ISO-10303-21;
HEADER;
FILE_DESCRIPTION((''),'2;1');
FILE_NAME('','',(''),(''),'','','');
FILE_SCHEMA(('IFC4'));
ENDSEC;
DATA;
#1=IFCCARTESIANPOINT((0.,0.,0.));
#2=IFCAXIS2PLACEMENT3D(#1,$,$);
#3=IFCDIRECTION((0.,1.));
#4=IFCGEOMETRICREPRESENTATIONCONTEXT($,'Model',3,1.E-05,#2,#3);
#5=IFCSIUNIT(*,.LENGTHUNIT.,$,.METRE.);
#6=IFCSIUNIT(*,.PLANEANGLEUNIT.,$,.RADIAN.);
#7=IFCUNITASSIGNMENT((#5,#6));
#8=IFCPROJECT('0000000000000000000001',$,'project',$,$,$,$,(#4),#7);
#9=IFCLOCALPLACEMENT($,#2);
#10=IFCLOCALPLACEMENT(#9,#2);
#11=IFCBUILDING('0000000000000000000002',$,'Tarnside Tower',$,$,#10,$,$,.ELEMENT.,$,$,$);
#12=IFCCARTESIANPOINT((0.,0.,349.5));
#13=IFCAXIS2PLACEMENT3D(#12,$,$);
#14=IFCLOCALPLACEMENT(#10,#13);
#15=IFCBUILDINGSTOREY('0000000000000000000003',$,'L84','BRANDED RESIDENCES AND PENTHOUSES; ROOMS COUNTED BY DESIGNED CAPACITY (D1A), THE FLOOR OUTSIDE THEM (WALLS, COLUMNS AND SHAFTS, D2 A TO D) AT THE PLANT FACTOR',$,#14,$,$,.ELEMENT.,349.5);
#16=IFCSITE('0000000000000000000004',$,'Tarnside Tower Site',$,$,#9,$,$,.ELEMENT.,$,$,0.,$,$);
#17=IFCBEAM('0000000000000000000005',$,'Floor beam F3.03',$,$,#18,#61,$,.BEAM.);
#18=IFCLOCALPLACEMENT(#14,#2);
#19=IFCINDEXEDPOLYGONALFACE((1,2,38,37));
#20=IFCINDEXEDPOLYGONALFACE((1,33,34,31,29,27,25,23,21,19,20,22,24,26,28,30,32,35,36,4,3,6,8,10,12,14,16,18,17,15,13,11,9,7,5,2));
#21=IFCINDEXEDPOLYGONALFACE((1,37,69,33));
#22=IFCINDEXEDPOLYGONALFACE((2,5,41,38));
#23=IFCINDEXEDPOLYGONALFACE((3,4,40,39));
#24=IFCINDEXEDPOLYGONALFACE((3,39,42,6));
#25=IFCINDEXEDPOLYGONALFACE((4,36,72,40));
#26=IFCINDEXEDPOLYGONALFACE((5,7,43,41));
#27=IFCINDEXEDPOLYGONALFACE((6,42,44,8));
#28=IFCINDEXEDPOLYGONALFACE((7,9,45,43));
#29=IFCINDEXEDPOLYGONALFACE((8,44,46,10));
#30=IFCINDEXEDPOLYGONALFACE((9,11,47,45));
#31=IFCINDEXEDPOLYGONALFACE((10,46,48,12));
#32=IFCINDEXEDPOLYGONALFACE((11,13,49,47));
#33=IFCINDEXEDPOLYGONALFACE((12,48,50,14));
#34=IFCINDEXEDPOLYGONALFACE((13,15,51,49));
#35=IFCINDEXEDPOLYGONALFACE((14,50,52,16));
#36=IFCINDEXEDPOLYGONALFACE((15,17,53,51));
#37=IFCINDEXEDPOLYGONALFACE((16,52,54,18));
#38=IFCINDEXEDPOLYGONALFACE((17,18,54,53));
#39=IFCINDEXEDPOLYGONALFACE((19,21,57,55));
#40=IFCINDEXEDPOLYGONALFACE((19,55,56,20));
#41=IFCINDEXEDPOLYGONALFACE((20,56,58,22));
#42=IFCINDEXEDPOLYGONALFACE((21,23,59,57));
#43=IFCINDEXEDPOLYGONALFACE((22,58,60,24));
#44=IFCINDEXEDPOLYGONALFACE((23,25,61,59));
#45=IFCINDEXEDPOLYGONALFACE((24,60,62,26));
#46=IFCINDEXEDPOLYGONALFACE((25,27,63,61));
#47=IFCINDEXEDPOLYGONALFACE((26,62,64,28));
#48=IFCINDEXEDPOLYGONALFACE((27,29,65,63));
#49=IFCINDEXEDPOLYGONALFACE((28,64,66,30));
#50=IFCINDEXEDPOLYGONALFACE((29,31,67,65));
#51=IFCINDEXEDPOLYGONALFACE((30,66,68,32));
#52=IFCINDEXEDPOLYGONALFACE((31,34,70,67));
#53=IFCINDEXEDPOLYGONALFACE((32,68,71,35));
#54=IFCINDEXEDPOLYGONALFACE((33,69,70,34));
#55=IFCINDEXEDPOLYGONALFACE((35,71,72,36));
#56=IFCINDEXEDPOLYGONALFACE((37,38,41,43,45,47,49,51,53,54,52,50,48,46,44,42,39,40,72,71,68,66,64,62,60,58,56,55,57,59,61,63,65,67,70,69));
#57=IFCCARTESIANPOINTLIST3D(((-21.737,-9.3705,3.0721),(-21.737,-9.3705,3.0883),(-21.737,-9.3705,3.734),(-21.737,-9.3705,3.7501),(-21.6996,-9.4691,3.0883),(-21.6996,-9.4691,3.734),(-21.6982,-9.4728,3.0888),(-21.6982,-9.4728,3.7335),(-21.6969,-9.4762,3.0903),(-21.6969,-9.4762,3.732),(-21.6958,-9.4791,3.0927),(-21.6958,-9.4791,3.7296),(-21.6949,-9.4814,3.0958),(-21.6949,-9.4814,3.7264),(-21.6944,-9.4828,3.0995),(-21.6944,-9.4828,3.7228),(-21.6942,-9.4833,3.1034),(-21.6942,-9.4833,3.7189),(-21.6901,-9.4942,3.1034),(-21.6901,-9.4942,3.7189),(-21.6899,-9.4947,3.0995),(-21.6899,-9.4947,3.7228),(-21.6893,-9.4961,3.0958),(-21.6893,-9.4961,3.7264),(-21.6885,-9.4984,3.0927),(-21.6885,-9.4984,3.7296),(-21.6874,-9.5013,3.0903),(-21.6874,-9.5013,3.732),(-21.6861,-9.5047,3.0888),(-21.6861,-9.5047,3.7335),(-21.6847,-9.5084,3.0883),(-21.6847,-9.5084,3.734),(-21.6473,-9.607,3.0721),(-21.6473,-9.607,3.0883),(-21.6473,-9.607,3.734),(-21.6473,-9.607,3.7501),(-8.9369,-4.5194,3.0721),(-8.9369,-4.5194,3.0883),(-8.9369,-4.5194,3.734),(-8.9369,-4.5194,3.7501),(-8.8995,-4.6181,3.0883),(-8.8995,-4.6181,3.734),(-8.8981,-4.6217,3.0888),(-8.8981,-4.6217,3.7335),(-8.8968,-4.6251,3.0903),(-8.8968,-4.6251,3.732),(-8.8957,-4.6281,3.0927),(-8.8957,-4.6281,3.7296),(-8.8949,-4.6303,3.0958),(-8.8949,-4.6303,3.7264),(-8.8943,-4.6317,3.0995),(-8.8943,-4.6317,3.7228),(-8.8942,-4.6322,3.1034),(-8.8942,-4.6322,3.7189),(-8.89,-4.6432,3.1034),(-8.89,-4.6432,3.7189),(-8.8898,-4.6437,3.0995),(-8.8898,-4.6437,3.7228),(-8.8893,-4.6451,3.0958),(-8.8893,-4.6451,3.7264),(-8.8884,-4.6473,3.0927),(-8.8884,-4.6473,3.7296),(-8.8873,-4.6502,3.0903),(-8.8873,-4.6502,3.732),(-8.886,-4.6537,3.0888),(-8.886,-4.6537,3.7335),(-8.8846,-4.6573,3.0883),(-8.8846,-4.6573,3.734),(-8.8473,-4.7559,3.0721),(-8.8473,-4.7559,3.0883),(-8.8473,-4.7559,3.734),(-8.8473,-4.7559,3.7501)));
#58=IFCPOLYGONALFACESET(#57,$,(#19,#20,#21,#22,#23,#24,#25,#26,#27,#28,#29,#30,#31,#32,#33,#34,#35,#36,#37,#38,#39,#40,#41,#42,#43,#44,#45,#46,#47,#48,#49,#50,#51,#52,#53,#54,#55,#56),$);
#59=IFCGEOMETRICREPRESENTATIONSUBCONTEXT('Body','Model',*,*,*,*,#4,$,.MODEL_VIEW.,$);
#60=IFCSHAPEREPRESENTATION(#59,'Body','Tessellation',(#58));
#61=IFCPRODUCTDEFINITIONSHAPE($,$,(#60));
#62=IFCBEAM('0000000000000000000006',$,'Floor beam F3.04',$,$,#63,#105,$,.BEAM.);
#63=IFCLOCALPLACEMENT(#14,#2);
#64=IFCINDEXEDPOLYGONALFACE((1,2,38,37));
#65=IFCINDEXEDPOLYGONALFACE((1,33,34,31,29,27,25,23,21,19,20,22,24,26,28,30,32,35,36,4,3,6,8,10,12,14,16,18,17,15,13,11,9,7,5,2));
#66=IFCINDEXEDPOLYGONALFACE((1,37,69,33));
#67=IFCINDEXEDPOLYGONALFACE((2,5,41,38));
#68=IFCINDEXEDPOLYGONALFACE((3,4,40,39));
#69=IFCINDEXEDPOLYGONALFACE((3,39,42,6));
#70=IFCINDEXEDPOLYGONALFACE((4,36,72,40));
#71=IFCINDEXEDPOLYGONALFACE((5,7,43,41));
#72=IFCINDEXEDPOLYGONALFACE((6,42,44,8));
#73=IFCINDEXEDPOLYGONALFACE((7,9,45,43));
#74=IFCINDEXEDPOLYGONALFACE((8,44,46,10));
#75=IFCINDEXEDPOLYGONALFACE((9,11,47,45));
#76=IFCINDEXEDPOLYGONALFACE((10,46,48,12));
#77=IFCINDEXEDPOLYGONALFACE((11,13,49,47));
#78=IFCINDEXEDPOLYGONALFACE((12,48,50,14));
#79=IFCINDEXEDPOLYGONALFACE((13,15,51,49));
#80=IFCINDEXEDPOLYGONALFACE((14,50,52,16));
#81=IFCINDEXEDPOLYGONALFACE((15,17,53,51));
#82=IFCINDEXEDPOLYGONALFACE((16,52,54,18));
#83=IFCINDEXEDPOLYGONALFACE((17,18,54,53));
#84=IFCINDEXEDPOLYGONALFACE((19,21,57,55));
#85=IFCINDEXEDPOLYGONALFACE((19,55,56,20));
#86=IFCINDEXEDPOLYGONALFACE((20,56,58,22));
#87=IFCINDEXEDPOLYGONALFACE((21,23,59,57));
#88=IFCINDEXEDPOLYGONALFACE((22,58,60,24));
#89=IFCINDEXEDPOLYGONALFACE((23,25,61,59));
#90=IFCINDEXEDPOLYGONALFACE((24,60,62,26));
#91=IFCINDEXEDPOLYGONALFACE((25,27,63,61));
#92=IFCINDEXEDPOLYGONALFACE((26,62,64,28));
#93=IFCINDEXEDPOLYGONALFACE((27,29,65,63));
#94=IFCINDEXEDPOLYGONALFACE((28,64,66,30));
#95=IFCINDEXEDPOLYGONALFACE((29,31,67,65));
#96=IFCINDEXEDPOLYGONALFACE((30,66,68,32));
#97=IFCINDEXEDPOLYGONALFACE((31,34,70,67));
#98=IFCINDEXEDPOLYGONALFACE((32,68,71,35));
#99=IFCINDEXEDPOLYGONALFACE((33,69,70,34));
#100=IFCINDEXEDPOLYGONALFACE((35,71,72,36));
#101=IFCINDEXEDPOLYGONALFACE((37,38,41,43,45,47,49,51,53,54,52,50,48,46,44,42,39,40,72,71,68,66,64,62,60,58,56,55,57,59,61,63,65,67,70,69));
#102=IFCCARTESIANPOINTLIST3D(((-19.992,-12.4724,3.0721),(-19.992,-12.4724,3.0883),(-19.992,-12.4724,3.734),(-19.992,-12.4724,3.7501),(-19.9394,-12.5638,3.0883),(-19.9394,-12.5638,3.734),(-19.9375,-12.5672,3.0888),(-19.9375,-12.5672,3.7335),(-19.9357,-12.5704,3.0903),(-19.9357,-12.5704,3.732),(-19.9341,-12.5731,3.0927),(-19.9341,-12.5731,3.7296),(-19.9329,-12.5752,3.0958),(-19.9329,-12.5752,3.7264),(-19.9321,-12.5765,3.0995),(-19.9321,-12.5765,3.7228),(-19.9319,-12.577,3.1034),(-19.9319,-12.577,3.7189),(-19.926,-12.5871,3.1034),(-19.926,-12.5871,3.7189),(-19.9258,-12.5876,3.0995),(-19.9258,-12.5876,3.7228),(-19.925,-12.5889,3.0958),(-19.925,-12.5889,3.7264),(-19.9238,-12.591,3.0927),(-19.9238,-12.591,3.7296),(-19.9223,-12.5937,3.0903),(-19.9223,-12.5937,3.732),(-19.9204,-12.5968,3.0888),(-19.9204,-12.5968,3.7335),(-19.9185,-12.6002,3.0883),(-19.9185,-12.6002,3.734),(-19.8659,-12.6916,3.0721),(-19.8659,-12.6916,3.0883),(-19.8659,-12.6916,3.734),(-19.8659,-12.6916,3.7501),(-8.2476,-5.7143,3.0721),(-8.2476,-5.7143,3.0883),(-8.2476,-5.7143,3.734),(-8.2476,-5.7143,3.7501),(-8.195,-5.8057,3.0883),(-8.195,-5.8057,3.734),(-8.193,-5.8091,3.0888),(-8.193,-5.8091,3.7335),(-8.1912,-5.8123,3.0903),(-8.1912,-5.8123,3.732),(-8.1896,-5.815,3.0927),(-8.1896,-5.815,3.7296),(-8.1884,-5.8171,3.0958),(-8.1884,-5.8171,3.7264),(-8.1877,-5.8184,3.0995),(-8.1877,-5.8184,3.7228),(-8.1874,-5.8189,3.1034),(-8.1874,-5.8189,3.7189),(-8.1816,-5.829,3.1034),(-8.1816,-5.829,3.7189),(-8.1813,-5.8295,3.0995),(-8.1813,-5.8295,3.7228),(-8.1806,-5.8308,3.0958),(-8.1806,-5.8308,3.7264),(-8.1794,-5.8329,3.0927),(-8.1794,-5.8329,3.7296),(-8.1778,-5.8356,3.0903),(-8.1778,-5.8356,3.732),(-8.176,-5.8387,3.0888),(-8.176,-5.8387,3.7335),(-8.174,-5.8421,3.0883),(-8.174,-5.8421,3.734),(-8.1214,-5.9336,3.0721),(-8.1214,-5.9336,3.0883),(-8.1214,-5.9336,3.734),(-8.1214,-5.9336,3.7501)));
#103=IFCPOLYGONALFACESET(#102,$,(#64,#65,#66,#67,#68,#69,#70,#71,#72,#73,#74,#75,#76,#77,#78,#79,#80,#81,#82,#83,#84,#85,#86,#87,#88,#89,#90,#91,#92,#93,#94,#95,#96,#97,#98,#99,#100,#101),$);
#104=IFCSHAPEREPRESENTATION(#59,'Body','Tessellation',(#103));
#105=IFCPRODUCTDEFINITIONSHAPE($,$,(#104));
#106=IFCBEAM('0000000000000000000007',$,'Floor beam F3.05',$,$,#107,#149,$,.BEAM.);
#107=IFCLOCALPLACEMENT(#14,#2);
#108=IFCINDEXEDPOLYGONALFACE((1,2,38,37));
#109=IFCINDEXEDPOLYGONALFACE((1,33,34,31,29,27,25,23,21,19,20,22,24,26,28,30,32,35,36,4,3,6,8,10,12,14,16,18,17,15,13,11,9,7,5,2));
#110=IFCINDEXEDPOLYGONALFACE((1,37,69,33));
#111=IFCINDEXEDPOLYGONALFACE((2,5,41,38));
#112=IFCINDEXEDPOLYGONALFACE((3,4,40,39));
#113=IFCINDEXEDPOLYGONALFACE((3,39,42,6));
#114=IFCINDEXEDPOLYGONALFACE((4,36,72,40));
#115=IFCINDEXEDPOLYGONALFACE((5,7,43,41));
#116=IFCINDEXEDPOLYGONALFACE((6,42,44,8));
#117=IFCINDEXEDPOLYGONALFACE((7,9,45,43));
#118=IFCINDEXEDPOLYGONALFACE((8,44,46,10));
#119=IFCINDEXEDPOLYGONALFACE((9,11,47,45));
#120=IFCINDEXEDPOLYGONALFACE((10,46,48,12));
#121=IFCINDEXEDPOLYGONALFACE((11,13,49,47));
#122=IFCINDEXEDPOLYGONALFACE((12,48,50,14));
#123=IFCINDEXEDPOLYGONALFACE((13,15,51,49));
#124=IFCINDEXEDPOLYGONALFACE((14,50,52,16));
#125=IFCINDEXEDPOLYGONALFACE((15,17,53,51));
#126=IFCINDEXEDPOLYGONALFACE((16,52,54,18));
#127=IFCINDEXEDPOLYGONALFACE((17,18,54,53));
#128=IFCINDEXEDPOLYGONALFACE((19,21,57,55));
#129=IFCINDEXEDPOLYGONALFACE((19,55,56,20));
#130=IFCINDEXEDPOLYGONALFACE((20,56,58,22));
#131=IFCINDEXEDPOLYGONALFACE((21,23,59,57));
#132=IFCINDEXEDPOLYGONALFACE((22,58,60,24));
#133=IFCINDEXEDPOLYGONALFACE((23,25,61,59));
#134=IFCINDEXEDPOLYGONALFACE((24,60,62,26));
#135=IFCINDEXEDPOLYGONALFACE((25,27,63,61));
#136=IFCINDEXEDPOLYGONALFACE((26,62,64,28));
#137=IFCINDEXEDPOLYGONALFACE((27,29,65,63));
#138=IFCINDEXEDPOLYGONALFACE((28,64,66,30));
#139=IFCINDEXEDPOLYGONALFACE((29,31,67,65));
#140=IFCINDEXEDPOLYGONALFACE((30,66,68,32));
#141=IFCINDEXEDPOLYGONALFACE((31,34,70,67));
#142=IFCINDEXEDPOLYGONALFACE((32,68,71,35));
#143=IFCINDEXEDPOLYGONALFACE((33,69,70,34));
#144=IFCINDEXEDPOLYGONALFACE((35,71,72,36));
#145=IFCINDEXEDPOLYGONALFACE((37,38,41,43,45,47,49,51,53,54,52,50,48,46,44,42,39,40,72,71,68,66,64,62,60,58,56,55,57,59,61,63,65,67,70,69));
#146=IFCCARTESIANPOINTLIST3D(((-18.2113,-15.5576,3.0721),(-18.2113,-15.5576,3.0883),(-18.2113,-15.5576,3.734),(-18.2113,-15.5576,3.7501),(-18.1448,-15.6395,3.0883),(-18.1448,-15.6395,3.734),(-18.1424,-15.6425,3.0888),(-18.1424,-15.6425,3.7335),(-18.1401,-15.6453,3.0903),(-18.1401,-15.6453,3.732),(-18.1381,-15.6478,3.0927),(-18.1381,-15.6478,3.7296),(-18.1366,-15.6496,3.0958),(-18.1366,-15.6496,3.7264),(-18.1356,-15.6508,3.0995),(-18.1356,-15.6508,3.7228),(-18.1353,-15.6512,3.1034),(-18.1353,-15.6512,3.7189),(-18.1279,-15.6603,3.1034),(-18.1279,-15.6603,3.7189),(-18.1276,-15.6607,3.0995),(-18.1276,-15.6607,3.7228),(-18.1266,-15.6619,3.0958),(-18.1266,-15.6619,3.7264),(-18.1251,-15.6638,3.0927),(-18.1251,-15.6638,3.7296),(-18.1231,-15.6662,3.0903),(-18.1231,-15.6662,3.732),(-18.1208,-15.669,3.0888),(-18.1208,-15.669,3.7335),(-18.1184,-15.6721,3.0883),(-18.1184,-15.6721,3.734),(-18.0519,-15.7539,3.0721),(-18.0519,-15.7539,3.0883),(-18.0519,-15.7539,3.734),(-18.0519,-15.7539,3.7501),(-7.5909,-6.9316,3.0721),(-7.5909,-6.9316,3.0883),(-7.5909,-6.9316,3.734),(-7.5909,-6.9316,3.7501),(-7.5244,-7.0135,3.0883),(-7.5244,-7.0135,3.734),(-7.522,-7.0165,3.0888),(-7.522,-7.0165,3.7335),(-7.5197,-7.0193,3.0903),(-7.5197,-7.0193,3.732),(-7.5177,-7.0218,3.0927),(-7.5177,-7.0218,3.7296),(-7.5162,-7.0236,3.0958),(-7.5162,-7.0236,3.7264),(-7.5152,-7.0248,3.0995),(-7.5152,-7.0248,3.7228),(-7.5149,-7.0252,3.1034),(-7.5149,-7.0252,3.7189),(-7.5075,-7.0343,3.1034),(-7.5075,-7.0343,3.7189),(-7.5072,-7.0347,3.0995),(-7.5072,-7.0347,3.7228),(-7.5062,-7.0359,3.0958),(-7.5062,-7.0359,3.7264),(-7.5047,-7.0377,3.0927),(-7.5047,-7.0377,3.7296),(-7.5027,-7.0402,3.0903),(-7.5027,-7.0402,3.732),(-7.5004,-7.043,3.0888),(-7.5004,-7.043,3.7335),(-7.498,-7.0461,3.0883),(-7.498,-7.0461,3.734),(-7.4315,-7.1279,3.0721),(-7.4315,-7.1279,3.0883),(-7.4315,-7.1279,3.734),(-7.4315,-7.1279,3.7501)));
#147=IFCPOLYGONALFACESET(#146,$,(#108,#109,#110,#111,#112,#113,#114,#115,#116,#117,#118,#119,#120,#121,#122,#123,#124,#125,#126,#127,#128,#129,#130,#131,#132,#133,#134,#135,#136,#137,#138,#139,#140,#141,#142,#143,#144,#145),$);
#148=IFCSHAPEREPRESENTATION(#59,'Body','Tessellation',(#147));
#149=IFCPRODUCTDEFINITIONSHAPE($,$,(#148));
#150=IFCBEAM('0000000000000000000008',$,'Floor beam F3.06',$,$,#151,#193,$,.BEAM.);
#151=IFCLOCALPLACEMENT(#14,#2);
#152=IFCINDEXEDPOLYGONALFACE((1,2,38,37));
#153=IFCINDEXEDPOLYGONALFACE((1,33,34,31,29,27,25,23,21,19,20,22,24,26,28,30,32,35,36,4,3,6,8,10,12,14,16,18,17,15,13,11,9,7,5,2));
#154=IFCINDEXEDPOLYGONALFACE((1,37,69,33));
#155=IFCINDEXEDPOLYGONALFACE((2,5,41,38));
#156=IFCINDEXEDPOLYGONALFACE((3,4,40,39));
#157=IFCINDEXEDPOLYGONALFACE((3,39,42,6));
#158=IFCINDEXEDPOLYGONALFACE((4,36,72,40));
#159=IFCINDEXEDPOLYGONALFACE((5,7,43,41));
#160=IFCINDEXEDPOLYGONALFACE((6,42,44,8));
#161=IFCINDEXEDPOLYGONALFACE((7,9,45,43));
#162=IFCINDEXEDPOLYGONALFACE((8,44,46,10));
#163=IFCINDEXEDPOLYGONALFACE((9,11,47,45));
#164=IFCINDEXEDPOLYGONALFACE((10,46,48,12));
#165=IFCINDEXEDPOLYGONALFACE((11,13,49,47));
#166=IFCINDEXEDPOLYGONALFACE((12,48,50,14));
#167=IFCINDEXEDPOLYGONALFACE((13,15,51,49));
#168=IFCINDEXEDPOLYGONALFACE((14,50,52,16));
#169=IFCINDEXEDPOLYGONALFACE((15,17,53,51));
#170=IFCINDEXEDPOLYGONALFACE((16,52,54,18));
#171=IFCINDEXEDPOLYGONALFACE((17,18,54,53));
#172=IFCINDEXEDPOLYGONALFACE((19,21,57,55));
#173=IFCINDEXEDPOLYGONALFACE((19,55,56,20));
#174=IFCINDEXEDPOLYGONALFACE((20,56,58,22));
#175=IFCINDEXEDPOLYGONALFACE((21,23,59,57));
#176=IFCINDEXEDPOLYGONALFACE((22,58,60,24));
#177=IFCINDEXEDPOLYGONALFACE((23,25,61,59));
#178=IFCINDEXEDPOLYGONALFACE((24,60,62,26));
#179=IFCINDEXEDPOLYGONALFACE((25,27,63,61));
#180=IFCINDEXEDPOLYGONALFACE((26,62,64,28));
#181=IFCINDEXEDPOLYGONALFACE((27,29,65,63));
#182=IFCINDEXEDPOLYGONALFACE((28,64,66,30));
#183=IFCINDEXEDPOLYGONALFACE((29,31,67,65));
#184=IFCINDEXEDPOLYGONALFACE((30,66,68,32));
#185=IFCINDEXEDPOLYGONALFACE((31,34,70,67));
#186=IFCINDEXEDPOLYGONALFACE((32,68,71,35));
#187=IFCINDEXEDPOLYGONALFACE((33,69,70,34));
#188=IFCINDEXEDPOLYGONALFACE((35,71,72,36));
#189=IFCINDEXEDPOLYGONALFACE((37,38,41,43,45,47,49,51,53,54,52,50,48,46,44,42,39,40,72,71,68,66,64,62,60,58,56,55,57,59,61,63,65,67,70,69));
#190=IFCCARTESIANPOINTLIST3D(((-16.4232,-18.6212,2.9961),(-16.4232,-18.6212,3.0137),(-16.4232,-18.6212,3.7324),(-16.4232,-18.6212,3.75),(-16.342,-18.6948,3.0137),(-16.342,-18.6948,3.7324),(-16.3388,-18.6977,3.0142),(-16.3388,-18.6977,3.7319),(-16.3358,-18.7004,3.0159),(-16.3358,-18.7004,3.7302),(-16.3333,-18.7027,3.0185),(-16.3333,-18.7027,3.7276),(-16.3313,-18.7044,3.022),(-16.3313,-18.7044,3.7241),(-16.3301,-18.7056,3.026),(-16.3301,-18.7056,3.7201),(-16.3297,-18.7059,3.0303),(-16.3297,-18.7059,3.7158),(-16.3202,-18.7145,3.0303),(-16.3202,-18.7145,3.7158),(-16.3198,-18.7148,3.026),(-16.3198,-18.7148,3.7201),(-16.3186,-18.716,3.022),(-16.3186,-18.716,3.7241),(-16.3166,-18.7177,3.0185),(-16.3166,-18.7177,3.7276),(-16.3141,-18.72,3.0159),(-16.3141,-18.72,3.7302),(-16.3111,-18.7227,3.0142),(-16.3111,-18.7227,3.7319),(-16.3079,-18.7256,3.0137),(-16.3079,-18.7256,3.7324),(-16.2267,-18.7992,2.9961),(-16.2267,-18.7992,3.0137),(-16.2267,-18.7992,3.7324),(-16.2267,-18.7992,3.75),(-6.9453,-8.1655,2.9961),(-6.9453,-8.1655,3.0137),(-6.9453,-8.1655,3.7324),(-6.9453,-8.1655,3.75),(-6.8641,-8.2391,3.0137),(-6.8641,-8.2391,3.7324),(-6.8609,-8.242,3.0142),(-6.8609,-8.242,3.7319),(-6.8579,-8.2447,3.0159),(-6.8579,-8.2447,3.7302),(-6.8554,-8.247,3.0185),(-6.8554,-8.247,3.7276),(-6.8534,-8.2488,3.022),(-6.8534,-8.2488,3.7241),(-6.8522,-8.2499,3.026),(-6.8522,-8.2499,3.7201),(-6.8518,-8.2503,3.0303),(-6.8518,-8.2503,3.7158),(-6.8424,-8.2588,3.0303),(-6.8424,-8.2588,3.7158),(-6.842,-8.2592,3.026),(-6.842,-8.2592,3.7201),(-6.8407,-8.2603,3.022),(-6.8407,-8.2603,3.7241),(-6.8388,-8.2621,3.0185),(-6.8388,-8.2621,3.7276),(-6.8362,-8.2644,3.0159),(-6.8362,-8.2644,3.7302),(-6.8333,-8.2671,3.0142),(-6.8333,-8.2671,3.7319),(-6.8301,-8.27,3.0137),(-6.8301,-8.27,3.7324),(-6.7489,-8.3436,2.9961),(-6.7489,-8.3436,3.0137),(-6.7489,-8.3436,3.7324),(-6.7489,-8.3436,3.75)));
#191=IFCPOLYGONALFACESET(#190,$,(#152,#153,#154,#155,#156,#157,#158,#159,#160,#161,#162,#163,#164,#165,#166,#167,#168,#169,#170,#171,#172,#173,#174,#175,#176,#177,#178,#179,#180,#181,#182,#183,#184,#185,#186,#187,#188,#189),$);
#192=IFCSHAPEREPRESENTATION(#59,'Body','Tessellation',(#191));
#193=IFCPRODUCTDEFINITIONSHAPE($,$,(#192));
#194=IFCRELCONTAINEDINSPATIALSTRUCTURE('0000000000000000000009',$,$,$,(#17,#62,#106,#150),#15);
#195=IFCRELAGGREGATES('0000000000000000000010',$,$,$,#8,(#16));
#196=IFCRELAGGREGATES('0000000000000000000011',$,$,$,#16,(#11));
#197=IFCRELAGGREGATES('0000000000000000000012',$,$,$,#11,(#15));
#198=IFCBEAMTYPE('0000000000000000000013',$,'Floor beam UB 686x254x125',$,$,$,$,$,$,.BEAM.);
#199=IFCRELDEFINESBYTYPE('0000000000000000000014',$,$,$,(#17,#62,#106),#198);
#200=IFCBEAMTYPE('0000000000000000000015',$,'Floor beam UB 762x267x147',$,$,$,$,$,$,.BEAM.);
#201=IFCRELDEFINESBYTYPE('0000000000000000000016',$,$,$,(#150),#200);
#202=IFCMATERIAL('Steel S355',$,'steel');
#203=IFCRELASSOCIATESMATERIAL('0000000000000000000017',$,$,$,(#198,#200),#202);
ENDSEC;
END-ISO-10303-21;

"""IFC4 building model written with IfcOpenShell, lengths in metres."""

from ifc_helpers import new_model, si_unit, direction, frame, origin, origin_2d, place, context, subcontext, project, spatial, i_section, extrude, material, material_profile, profile_set, type_object, element, save


model = new_model("IFC4")

# Units and contexts
model_context = context("Model", 3, precision=1e-05, world=origin(), true_north=direction((0.0, 1.0)))
body_context = subcontext(model_context, "Body", "Model", "MODEL_VIEW")
ifc_project = project(units=[si_unit("LENGTHUNIT", "METRE"), si_unit("PLANEANGLEUNIT", "RADIAN")], contexts=[model_context])

# Site, building, storey
site_placement = place(None, origin())
site = spatial("IfcSite", under=ifc_project, at=site_placement, Name="Tarnside Tower Site", CompositionType="ELEMENT", RefElevation=0.0)
building_placement = place(site_placement, origin())
building = spatial("IfcBuilding", under=site, at=building_placement, Name="Tarnside Tower", CompositionType="ELEMENT")
storey_placement = place(building_placement, frame((0.0, 0.0, 349.5)))
storey = spatial("IfcBuildingStorey", under=building, at=storey_placement, Name="L84", Description="BRANDED RESIDENCES AND PENTHOUSES; ROOMS COUNTED BY DESIGNED CAPACITY (D1A), THE FLOOR OUTSIDE THEM (WALLS, COLUMNS AND SHAFTS, D2 A TO D) AT THE PLANT FACTOR", CompositionType="ELEMENT", Elevation=349.5)

# Beams
ifc_material_1 = material(Name="Steel S355", Category="steel")
ifc_material_profile_1 = material_profile(ifc_material_1, i_section(OverallWidth=0.2529, OverallDepth=0.678, WebThickness=0.0117, FlangeThickness=0.0161, FilletRadius=0.0151, at=origin_2d()), Name="UB 686x254x125")
ifc_profile_set_1 = profile_set([ifc_material_profile_1], Name="Steel S355")
beam_type_1 = type_object("IfcBeamType", Name="Floor beam UB 686x254x125", PredefinedType="BEAM", material=ifc_profile_set_1)
beam_1_placement = place(storey_placement, frame((-21.6921, -9.4888, 3.4111), z_axis=(0.935097, 0.354391, 0.0), x_axis=(-0.354391, 0.935097, 0.0)))
element("IfcBeam", 1, at=beam_1_placement, inside=storey, type_object=beam_type_1, Name="Floor beam F3.03", PredefinedType="BEAM", context=body_context, shape_type="SweptSolid", body=[
    extrude(i_section(OverallWidth=0.2529, OverallDepth=0.678, WebThickness=0.0117, FlangeThickness=0.0161, FilletRadius=0.0151, at=origin_2d()), origin(), (0.0, 0.0, 1.0), 13.6885),
])
beam_2_placement = place(storey_placement, frame((-19.929, -12.582, 3.4111), z_axis=(0.866746, 0.49875, 0.0), x_axis=(-0.49875, 0.866746, 0.0)))
element("IfcBeam", 2, at=beam_2_placement, inside=storey, type_object=beam_type_1, Name="Floor beam F3.04", PredefinedType="BEAM", context=body_context, shape_type="SweptSolid", body=[
    extrude(i_section(OverallWidth=0.2529, OverallDepth=0.678, WebThickness=0.0117, FlangeThickness=0.0161, FilletRadius=0.0151, at=origin_2d()), origin(), (0.0, 0.0, 1.0), 13.55),
])
beam_3_placement = place(storey_placement, frame((-18.1316, -15.6558, 3.4111), z_axis=(0.776224, 0.630458, 0.0), x_axis=(-0.630458, 0.776224, 0.0)))
element("IfcBeam", 3, at=beam_3_placement, inside=storey, type_object=beam_type_1, Name="Floor beam F3.05", PredefinedType="BEAM", context=body_context, shape_type="SweptSolid", body=[
    extrude(i_section(OverallWidth=0.2529, OverallDepth=0.678, WebThickness=0.0117, FlangeThickness=0.0161, FilletRadius=0.0151, at=origin_2d()), origin(), (0.0, 0.0, 1.0), 13.6821),
])
ifc_material_profile_2 = material_profile(ifc_material_1, i_section(OverallWidth=0.2651, OverallDepth=0.7539, WebThickness=0.0127, FlangeThickness=0.0176, FilletRadius=0.0166, at=origin_2d()), Name="UB 762x267x147")
ifc_profile_set_2 = profile_set([ifc_material_profile_2], Name="Steel S355")
beam_type_2 = type_object("IfcBeamType", Name="Floor beam UB 762x267x147", PredefinedType="BEAM", material=ifc_profile_set_2)
beam_4_placement = place(storey_placement, frame((-16.325, -18.7102, 3.373), z_axis=(0.671614, 0.740901, 0.0), x_axis=(-0.740901, 0.671614, 0.0)))
element("IfcBeam", 4, at=beam_4_placement, inside=storey, type_object=beam_type_2, Name="Floor beam F3.06", PredefinedType="BEAM", context=body_context, shape_type="SweptSolid", body=[
    extrude(i_section(OverallWidth=0.2651, OverallDepth=0.7539, WebThickness=0.0127, FlangeThickness=0.0176, FilletRadius=0.0166, at=origin_2d()), origin(), (0.0, 0.0, 1.0), 14.1121),
])

save(model, "model.ifc")
